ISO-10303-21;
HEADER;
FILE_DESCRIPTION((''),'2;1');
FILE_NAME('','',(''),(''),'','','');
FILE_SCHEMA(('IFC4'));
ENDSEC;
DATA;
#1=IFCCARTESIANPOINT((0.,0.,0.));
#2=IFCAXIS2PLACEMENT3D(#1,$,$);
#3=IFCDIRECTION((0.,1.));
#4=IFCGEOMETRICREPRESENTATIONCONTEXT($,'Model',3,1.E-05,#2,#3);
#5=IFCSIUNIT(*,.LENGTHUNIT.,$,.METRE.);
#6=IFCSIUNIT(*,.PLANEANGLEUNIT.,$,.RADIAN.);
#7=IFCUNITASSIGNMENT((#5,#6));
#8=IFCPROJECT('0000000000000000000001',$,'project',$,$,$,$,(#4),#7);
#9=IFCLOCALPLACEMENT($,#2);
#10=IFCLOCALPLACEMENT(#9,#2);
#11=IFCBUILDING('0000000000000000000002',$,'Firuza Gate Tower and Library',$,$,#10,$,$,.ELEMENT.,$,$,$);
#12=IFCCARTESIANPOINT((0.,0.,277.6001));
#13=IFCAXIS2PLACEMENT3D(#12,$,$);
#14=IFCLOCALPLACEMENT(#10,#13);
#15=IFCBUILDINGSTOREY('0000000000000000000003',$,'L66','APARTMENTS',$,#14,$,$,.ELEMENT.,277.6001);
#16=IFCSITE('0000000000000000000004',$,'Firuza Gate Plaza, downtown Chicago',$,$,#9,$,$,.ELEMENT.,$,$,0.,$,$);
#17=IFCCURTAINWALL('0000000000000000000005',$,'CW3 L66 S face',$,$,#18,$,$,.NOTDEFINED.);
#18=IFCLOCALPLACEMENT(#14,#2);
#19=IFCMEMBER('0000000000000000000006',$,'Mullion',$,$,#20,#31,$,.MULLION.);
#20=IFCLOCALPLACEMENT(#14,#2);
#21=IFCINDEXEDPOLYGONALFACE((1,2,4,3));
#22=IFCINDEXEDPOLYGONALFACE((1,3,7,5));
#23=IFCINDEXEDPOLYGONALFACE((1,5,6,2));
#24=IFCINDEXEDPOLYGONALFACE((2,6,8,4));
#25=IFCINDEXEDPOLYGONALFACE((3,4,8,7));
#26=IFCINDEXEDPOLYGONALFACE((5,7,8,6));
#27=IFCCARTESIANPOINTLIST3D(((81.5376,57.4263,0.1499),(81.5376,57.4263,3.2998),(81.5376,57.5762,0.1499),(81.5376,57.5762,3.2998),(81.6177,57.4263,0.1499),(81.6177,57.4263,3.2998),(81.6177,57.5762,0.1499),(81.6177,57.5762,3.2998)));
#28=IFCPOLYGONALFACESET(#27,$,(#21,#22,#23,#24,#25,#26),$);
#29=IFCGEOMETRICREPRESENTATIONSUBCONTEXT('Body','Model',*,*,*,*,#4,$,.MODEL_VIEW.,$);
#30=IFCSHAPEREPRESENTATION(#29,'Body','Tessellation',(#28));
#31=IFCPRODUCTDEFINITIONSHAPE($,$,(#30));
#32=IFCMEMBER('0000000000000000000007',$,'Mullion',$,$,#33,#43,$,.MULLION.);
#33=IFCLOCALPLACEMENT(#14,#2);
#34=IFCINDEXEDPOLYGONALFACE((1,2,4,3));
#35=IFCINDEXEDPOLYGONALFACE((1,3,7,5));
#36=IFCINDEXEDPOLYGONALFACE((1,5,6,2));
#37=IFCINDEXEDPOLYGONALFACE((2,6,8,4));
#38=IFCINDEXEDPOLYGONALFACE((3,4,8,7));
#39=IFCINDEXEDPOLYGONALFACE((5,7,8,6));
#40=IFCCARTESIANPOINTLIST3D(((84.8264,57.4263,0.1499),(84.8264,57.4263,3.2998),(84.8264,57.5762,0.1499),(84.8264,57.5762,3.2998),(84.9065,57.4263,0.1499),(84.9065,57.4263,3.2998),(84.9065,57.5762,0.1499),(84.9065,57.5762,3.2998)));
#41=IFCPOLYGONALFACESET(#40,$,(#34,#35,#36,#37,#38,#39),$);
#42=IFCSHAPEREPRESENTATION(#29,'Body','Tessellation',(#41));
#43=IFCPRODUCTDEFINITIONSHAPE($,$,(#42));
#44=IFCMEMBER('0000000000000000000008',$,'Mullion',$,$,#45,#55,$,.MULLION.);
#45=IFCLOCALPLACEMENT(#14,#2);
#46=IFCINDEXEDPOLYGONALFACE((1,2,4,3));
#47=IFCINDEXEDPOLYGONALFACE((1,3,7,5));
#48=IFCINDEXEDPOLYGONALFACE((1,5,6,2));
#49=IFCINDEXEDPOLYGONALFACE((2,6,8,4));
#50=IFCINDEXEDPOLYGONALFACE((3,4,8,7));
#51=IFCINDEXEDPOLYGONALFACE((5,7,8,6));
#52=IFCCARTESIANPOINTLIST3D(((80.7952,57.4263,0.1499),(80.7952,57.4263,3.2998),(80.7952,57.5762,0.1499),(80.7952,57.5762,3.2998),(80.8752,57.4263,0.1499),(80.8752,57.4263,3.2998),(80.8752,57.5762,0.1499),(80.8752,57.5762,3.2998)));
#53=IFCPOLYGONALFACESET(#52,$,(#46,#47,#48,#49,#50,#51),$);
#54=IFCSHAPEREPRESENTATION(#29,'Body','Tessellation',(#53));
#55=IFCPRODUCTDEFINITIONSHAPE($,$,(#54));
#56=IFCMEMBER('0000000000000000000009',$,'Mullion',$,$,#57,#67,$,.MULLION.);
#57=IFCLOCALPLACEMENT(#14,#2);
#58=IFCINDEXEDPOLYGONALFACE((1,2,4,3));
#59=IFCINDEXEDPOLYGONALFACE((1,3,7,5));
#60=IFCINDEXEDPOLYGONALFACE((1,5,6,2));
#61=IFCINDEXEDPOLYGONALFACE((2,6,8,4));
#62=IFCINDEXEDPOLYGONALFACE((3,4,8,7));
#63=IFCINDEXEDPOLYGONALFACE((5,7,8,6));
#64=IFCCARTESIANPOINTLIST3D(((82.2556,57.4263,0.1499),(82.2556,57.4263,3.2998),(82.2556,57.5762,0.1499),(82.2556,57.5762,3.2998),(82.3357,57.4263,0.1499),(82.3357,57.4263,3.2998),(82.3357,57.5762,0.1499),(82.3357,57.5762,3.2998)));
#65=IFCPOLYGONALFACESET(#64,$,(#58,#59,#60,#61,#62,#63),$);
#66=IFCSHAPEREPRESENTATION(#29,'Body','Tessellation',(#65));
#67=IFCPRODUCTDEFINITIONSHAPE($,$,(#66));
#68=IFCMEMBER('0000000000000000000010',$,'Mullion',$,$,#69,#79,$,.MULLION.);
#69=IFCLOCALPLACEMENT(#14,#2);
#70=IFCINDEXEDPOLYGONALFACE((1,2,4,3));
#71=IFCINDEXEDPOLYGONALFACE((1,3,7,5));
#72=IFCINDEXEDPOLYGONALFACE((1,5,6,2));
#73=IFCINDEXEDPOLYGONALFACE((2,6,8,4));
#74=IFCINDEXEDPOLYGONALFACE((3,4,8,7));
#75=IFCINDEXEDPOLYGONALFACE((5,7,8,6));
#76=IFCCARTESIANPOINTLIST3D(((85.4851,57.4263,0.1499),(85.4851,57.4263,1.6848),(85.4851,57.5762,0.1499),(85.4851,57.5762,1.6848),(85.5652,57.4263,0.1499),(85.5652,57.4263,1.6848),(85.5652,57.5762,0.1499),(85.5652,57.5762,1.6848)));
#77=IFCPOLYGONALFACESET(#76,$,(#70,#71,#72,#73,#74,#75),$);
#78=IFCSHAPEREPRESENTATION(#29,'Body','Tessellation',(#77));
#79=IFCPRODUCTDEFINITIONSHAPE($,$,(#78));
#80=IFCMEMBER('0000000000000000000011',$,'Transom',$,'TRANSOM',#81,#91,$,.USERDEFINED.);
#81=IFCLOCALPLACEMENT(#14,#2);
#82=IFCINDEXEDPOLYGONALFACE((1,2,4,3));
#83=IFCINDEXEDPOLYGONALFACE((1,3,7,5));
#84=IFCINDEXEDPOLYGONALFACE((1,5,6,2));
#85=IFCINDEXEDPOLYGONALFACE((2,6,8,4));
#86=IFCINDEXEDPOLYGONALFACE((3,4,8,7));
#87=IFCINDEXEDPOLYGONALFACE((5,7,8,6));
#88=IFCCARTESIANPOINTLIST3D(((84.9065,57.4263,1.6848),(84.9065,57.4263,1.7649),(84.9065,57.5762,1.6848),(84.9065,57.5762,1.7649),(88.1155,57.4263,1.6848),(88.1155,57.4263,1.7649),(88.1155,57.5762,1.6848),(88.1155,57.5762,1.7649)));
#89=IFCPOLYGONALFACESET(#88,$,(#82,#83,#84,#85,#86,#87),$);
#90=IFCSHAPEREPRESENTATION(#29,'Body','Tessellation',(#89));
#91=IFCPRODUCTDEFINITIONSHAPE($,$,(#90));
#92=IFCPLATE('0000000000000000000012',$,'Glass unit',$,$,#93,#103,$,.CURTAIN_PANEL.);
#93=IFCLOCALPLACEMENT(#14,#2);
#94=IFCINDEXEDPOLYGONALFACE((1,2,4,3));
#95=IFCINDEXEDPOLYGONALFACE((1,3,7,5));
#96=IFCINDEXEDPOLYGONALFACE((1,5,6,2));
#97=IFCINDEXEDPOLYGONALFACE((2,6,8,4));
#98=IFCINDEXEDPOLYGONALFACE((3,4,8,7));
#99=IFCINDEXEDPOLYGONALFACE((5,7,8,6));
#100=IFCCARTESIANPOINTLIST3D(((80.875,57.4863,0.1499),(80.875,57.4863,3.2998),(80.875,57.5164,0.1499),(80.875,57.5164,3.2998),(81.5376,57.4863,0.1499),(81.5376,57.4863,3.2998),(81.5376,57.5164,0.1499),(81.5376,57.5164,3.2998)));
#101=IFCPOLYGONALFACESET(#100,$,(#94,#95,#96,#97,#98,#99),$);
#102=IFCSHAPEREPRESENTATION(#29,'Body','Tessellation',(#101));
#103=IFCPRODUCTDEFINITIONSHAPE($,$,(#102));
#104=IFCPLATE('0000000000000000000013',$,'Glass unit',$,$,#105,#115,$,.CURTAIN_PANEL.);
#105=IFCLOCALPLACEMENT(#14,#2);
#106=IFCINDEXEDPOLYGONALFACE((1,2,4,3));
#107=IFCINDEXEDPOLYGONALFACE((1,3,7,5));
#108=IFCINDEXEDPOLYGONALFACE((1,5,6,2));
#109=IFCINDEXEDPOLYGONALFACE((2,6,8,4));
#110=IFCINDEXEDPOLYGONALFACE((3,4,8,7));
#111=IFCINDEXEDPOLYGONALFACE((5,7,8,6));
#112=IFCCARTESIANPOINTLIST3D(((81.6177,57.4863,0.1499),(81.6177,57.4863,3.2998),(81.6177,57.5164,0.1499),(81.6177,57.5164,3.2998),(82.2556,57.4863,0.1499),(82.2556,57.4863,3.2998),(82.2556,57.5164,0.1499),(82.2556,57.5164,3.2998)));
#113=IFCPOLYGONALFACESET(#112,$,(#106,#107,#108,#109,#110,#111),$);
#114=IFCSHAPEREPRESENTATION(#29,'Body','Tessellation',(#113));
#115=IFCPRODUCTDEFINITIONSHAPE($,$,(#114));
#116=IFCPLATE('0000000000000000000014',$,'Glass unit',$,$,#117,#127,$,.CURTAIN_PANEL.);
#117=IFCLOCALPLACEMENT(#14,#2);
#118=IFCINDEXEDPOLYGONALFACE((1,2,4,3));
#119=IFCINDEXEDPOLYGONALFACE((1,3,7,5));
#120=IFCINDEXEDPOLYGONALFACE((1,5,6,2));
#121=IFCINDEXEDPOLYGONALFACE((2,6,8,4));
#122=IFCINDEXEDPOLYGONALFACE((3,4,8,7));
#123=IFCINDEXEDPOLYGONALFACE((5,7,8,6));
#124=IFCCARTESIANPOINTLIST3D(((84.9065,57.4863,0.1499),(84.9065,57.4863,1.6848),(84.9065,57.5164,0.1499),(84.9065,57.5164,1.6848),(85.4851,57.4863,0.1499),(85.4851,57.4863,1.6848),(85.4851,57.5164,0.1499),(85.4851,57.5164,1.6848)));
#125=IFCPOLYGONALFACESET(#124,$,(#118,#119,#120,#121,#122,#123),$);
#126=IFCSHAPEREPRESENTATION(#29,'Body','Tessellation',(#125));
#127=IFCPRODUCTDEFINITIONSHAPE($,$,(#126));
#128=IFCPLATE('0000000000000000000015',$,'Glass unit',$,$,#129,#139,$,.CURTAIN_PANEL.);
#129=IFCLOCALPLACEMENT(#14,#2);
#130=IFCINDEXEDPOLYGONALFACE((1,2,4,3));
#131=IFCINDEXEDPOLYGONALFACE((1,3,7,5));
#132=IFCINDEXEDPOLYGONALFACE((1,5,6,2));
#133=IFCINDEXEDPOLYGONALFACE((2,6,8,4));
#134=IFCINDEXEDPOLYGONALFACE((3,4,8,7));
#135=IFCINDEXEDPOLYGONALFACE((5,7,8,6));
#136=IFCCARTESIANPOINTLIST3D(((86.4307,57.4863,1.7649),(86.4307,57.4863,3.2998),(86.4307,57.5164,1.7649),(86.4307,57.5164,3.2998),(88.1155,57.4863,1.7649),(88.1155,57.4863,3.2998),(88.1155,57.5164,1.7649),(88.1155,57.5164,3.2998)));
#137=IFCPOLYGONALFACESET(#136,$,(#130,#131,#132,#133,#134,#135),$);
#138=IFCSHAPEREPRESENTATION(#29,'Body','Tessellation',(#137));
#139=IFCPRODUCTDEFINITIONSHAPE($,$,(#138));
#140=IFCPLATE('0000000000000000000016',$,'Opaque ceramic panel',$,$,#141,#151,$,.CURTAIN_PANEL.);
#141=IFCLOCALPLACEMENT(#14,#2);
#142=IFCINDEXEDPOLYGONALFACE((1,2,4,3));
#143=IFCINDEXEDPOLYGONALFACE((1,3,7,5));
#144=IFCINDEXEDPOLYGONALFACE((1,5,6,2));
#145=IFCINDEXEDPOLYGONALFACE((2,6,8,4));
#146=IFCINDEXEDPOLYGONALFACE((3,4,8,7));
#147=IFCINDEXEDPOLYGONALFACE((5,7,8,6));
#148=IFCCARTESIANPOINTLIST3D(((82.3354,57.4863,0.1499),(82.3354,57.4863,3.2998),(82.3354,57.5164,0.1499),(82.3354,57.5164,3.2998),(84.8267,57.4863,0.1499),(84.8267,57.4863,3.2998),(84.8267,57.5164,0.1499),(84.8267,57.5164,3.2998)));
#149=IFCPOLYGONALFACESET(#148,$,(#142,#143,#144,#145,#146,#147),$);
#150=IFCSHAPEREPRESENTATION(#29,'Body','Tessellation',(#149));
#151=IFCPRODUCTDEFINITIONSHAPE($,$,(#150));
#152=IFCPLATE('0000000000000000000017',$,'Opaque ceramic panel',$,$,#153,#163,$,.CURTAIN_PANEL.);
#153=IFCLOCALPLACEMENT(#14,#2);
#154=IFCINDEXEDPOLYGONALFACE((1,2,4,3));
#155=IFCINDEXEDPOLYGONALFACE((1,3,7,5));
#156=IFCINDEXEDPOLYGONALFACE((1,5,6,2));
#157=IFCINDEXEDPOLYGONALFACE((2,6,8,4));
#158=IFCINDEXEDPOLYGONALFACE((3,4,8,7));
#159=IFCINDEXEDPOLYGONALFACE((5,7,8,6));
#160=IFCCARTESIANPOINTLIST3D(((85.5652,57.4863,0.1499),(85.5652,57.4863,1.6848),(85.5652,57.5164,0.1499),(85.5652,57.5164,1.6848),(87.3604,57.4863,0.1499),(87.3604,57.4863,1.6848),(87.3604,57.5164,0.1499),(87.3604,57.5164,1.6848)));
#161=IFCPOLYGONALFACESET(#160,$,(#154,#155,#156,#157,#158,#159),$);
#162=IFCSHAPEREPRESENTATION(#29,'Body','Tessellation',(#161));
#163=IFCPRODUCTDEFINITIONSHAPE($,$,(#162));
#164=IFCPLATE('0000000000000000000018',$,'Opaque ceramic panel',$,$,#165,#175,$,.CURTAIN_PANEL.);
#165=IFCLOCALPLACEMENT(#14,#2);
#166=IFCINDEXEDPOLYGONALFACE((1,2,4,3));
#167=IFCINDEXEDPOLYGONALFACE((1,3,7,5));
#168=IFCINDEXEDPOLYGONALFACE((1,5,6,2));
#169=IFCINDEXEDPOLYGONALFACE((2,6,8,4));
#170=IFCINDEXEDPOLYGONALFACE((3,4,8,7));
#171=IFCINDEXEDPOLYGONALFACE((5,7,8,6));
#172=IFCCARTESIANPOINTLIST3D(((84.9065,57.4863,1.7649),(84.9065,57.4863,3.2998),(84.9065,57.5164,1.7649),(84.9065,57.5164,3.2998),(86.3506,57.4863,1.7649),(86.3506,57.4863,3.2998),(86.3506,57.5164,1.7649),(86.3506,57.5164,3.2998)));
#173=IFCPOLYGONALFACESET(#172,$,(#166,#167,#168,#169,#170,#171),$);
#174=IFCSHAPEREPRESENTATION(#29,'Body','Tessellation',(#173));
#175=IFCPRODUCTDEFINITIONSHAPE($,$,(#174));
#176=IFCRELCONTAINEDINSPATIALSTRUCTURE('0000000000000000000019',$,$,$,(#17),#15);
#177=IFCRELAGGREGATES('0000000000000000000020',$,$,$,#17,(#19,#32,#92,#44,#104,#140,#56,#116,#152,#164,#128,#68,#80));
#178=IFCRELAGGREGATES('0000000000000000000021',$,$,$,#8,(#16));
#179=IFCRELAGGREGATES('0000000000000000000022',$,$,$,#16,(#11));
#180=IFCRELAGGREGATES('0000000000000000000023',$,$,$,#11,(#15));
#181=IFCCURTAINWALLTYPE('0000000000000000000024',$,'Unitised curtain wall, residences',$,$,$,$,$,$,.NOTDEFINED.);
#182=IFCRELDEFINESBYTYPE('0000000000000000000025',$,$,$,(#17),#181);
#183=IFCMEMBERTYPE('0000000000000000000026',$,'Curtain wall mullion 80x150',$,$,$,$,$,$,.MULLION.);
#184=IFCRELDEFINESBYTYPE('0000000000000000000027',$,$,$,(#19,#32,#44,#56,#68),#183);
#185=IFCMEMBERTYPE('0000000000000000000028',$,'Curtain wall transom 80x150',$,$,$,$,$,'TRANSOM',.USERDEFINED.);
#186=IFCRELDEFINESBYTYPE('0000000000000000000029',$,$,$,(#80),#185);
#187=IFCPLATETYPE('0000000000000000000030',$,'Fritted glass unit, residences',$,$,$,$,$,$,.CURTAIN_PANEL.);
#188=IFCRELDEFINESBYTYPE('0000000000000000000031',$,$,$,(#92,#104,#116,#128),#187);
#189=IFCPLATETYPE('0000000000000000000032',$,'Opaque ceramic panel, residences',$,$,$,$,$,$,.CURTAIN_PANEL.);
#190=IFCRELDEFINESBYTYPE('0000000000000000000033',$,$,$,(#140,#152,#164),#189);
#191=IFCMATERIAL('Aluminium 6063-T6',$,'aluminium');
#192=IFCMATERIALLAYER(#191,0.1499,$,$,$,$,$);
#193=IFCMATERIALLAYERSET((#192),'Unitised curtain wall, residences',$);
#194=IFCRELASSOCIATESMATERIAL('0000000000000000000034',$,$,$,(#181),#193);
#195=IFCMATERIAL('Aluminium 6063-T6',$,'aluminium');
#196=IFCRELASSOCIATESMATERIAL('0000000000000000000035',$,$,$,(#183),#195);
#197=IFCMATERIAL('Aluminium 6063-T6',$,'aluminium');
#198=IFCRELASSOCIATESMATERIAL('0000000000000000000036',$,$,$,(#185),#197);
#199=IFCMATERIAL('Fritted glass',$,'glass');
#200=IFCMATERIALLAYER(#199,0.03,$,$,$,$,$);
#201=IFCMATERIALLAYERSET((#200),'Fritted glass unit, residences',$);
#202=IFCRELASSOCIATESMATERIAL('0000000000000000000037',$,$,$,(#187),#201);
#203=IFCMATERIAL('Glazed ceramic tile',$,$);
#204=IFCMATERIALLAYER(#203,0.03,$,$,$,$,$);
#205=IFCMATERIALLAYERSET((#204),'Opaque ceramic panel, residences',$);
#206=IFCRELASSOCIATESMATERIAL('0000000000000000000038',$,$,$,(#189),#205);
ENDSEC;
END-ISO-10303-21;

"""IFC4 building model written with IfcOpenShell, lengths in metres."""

from ifc_helpers import new_model, si_unit, direction, frame, origin, origin_2d, place, context, subcontext, project, spatial, polyline, rectangle, outline, extrude, material, layer, layer_set, material_profile, profile_set, type_object, element, aggregate, save


model = new_model("IFC4")

# Units and contexts
model_context = context("Model", 3, precision=1e-05, world=origin(), true_north=direction((0.0, 1.0)))
body_context = subcontext(model_context, "Body", "Model", "MODEL_VIEW")
ifc_project = project(units=[si_unit("LENGTHUNIT", "METRE"), si_unit("PLANEANGLEUNIT", "RADIAN")], contexts=[model_context])

# Site, building, storey
site_placement = place(None, origin())
site = spatial("IfcSite", under=ifc_project, at=site_placement, Name="Firuza Gate Plaza, downtown Chicago", CompositionType="ELEMENT", RefElevation=0.0)
building_placement = place(site_placement, origin())
building = spatial("IfcBuilding", under=site, at=building_placement, Name="Firuza Gate Tower and Library", CompositionType="ELEMENT")
storey_placement = place(building_placement, frame((0.0, 0.0, 277.6001)))
storey = spatial("IfcBuildingStorey", under=building, at=storey_placement, Name="L66", Description="APARTMENTS", CompositionType="ELEMENT", Elevation=277.6001)

# Curtain wall, members, plates
ifc_material_1 = material(Name="Aluminium 6063-T6", Category="aluminium")
ifc_layer_1 = layer(ifc_material_1, 0.1499)
ifc_layer_set_1 = layer_set([ifc_layer_1], Name="Unitised curtain wall, residences")
curtain_wall_type = type_object("IfcCurtainWallType", Name="Unitised curtain wall, residences", PredefinedType="NOTDEFINED", material=ifc_layer_set_1)
curtain_wall_placement = place(storey_placement, origin())
curtain_wall = element("IfcCurtainWall", 1, at=curtain_wall_placement, inside=storey, type_object=curtain_wall_type, Name="CW3 L66 S face", PredefinedType="NOTDEFINED")
ifc_material_2 = material(Name="Aluminium 6063-T6", Category="aluminium")
ifc_material_profile_1 = material_profile(ifc_material_2, rectangle(XDim=0.1499, YDim=0.0801, at=origin_2d()))
ifc_profile_set_1 = profile_set([ifc_material_profile_1], Name="Aluminium 6063-T6")
member_type_1 = type_object("IfcMemberType", Name="Curtain wall mullion 80x150", PredefinedType="MULLION", material=ifc_profile_set_1)
member_1_placement = place(storey_placement, frame((81.5776, 57.5012, 0.1499), z_axis=(0.0, 0.0, 1.0), x_axis=(0.0, 1.0, 0.0)))
member_1 = element("IfcMember", 2, at=member_1_placement, type_object=member_type_1, Name="Mullion", PredefinedType="MULLION", context=body_context, shape_type="SweptSolid", body=[
    extrude(rectangle(XDim=0.1499, YDim=0.0801, at=origin_2d()), origin(), (0.0, 0.0, 1.0), 3.1499),
])
member_2_placement = place(storey_placement, frame((84.8665, 57.5012, 0.1499), z_axis=(0.0, 0.0, 1.0), x_axis=(0.0, 1.0, 0.0)))
member_2 = element("IfcMember", 3, at=member_2_placement, type_object=member_type_1, Name="Mullion", PredefinedType="MULLION", context=body_context, shape_type="SweptSolid", body=[
    extrude(rectangle(XDim=0.1499, YDim=0.0801, at=origin_2d()), origin(), (0.0, 0.0, 1.0), 3.1499),
])
member_3_placement = place(storey_placement, frame((80.8352, 57.5012, 0.1499), z_axis=(0.0, 0.0, 1.0), x_axis=(0.0, 1.0, 0.0)))
member_3 = element("IfcMember", 4, at=member_3_placement, type_object=member_type_1, Name="Mullion", PredefinedType="MULLION", context=body_context, shape_type="SweptSolid", body=[
    extrude(rectangle(XDim=0.1499, YDim=0.0801, at=origin_2d()), origin(), (0.0, 0.0, 1.0), 3.1499),
])
member_4_placement = place(storey_placement, frame((82.2957, 57.5012, 0.1499), z_axis=(0.0, 0.0, 1.0), x_axis=(0.0, 1.0, 0.0)))
member_4 = element("IfcMember", 5, at=member_4_placement, type_object=member_type_1, Name="Mullion", PredefinedType="MULLION", context=body_context, shape_type="SweptSolid", body=[
    extrude(rectangle(XDim=0.1499, YDim=0.0801, at=origin_2d()), origin(), (0.0, 0.0, 1.0), 3.1499),
])
member_5_placement = place(storey_placement, frame((85.5251, 57.5012, 0.1499), z_axis=(0.0, 0.0, 1.0), x_axis=(0.0, 1.0, 0.0)))
member_5 = element("IfcMember", 6, at=member_5_placement, type_object=member_type_1, Name="Mullion", PredefinedType="MULLION", context=body_context, shape_type="SweptSolid", body=[
    extrude(rectangle(XDim=0.1499, YDim=0.0801, at=origin_2d()), origin(), (0.0, 0.0, 1.0), 1.5349),
])
ifc_material_3 = material(Name="Aluminium 6063-T6", Category="aluminium")
ifc_material_profile_2 = material_profile(ifc_material_3, rectangle(XDim=0.1499, YDim=0.0801, at=origin_2d()))
ifc_profile_set_2 = profile_set([ifc_material_profile_2], Name="Aluminium 6063-T6")
member_type_2 = type_object("IfcMemberType", Name="Curtain wall transom 80x150", ElementType="TRANSOM", PredefinedType="USERDEFINED", material=ifc_profile_set_2)
member_6_placement = place(storey_placement, frame((84.9065, 57.5012, 1.7249), z_axis=(1.0, 0.0, 0.0), x_axis=(0.0, 1.0, 0.0)))
member_6 = element("IfcMember", 7, at=member_6_placement, type_object=member_type_2, Name="Transom", ObjectType="TRANSOM", PredefinedType="USERDEFINED", context=body_context, shape_type="SweptSolid", body=[
    extrude(rectangle(XDim=0.1499, YDim=0.0801, at=origin_2d()), origin(), (0.0, 0.0, 1.0), 3.209),
])
ifc_material_4 = material(Name="Fritted glass", Category="glass")
ifc_layer_2 = layer(ifc_material_4, 0.03)
ifc_layer_set_2 = layer_set([ifc_layer_2], Name="Fritted glass unit, residences")
plate_type_1 = type_object("IfcPlateType", Name="Fritted glass unit, residences", PredefinedType="CURTAIN_PANEL", material=ifc_layer_set_2)
plate_1_placement = place(storey_placement, frame((80.875, 57.4863, 0.1499), z_axis=(0.0, -1.0, 0.0), x_axis=(1.0, 0.0, 0.0)))
plate_1 = element("IfcPlate", 8, at=plate_1_placement, type_object=plate_type_1, Name="Glass unit", PredefinedType="CURTAIN_PANEL", context=body_context, shape_type="SweptSolid", body=[
    extrude(outline(polyline([(0.0, 0.0), (0.6626, 0.0), (0.6626, 3.1499), (0.0, 3.1499), (0.0, 0.0)])), origin(), (0.0, 0.0, -1.0), 0.03),
])
plate_2_placement = place(storey_placement, frame((81.6177, 57.4863, 0.1499), z_axis=(0.0, -1.0, 0.0), x_axis=(1.0, 0.0, 0.0)))
plate_2 = element("IfcPlate", 9, at=plate_2_placement, type_object=plate_type_1, Name="Glass unit", PredefinedType="CURTAIN_PANEL", context=body_context, shape_type="SweptSolid", body=[
    extrude(outline(polyline([(0.0, 0.0), (0.6379, 0.0), (0.6379, 3.1499), (0.0, 3.1499), (0.0, 0.0)])), origin(), (0.0, 0.0, -1.0), 0.03),
])
plate_3_placement = place(storey_placement, frame((84.9065, 57.4863, 0.1499), z_axis=(0.0, -1.0, 0.0), x_axis=(1.0, 0.0, 0.0)))
plate_3 = element("IfcPlate", 10, at=plate_3_placement, type_object=plate_type_1, Name="Glass unit", PredefinedType="CURTAIN_PANEL", context=body_context, shape_type="SweptSolid", body=[
    extrude(outline(polyline([(0.0, 0.0), (0.5786, 0.0), (0.5786, 1.5349), (0.0, 1.5349), (0.0, 0.0)])), origin(), (0.0, 0.0, -1.0), 0.03),
])
plate_4_placement = place(storey_placement, frame((86.4307, 57.4863, 1.7649), z_axis=(0.0, -1.0, 0.0), x_axis=(1.0, 0.0, 0.0)))
plate_4 = element("IfcPlate", 11, at=plate_4_placement, type_object=plate_type_1, Name="Glass unit", PredefinedType="CURTAIN_PANEL", context=body_context, shape_type="SweptSolid", body=[
    extrude(outline(polyline([(0.0, 0.0), (1.6848, 0.0), (1.6848, 1.5349), (0.0, 1.5349), (0.0, 0.0)])), origin(), (0.0, 0.0, -1.0), 0.03),
])
ifc_material_5 = material(Name="Glazed ceramic tile")
ifc_layer_3 = layer(ifc_material_5, 0.03)
ifc_layer_set_3 = layer_set([ifc_layer_3], Name="Opaque ceramic panel, residences")
plate_type_2 = type_object("IfcPlateType", Name="Opaque ceramic panel, residences", PredefinedType="CURTAIN_PANEL", material=ifc_layer_set_3)
plate_5_placement = place(storey_placement, frame((82.3354, 57.4863, 0.1499), z_axis=(0.0, -1.0, 0.0), x_axis=(1.0, 0.0, 0.0)))
plate_5 = element("IfcPlate", 12, at=plate_5_placement, type_object=plate_type_2, Name="Opaque ceramic panel", PredefinedType="CURTAIN_PANEL", context=body_context, shape_type="SweptSolid", body=[
    extrude(outline(polyline([(0.0, 0.0), (2.4912, 0.0), (2.4912, 3.1499), (0.0, 3.1499), (0.0, 0.0)])), origin(), (0.0, 0.0, -1.0), 0.03),
])
plate_6_placement = place(storey_placement, frame((85.5652, 57.4863, 0.1499), z_axis=(0.0, -1.0, 0.0), x_axis=(1.0, 0.0, 0.0)))
plate_6 = element("IfcPlate", 13, at=plate_6_placement, type_object=plate_type_2, Name="Opaque ceramic panel", PredefinedType="CURTAIN_PANEL", context=body_context, shape_type="SweptSolid", body=[
    extrude(outline(polyline([(0.0, 0.0), (1.7952, 0.0), (1.7952, 1.5349), (0.0, 1.5349), (0.0, 0.0)])), origin(), (0.0, 0.0, -1.0), 0.03),
])
plate_7_placement = place(storey_placement, frame((84.9065, 57.4863, 1.7649), z_axis=(0.0, -1.0, 0.0), x_axis=(1.0, 0.0, 0.0)))
plate_7 = element("IfcPlate", 14, at=plate_7_placement, type_object=plate_type_2, Name="Opaque ceramic panel", PredefinedType="CURTAIN_PANEL", context=body_context, shape_type="SweptSolid", body=[
    extrude(outline(polyline([(0.0, 0.0), (1.4441, 0.0), (1.4441, 1.5349), (0.0, 1.5349), (0.0, 0.0)])), origin(), (0.0, 0.0, -1.0), 0.03),
])
aggregate(curtain_wall, [member_1, member_2, plate_1, member_3, plate_2, plate_5, member_4, plate_3, plate_6, plate_7, plate_4, member_5, member_6])

save(model, "model.ifc")
